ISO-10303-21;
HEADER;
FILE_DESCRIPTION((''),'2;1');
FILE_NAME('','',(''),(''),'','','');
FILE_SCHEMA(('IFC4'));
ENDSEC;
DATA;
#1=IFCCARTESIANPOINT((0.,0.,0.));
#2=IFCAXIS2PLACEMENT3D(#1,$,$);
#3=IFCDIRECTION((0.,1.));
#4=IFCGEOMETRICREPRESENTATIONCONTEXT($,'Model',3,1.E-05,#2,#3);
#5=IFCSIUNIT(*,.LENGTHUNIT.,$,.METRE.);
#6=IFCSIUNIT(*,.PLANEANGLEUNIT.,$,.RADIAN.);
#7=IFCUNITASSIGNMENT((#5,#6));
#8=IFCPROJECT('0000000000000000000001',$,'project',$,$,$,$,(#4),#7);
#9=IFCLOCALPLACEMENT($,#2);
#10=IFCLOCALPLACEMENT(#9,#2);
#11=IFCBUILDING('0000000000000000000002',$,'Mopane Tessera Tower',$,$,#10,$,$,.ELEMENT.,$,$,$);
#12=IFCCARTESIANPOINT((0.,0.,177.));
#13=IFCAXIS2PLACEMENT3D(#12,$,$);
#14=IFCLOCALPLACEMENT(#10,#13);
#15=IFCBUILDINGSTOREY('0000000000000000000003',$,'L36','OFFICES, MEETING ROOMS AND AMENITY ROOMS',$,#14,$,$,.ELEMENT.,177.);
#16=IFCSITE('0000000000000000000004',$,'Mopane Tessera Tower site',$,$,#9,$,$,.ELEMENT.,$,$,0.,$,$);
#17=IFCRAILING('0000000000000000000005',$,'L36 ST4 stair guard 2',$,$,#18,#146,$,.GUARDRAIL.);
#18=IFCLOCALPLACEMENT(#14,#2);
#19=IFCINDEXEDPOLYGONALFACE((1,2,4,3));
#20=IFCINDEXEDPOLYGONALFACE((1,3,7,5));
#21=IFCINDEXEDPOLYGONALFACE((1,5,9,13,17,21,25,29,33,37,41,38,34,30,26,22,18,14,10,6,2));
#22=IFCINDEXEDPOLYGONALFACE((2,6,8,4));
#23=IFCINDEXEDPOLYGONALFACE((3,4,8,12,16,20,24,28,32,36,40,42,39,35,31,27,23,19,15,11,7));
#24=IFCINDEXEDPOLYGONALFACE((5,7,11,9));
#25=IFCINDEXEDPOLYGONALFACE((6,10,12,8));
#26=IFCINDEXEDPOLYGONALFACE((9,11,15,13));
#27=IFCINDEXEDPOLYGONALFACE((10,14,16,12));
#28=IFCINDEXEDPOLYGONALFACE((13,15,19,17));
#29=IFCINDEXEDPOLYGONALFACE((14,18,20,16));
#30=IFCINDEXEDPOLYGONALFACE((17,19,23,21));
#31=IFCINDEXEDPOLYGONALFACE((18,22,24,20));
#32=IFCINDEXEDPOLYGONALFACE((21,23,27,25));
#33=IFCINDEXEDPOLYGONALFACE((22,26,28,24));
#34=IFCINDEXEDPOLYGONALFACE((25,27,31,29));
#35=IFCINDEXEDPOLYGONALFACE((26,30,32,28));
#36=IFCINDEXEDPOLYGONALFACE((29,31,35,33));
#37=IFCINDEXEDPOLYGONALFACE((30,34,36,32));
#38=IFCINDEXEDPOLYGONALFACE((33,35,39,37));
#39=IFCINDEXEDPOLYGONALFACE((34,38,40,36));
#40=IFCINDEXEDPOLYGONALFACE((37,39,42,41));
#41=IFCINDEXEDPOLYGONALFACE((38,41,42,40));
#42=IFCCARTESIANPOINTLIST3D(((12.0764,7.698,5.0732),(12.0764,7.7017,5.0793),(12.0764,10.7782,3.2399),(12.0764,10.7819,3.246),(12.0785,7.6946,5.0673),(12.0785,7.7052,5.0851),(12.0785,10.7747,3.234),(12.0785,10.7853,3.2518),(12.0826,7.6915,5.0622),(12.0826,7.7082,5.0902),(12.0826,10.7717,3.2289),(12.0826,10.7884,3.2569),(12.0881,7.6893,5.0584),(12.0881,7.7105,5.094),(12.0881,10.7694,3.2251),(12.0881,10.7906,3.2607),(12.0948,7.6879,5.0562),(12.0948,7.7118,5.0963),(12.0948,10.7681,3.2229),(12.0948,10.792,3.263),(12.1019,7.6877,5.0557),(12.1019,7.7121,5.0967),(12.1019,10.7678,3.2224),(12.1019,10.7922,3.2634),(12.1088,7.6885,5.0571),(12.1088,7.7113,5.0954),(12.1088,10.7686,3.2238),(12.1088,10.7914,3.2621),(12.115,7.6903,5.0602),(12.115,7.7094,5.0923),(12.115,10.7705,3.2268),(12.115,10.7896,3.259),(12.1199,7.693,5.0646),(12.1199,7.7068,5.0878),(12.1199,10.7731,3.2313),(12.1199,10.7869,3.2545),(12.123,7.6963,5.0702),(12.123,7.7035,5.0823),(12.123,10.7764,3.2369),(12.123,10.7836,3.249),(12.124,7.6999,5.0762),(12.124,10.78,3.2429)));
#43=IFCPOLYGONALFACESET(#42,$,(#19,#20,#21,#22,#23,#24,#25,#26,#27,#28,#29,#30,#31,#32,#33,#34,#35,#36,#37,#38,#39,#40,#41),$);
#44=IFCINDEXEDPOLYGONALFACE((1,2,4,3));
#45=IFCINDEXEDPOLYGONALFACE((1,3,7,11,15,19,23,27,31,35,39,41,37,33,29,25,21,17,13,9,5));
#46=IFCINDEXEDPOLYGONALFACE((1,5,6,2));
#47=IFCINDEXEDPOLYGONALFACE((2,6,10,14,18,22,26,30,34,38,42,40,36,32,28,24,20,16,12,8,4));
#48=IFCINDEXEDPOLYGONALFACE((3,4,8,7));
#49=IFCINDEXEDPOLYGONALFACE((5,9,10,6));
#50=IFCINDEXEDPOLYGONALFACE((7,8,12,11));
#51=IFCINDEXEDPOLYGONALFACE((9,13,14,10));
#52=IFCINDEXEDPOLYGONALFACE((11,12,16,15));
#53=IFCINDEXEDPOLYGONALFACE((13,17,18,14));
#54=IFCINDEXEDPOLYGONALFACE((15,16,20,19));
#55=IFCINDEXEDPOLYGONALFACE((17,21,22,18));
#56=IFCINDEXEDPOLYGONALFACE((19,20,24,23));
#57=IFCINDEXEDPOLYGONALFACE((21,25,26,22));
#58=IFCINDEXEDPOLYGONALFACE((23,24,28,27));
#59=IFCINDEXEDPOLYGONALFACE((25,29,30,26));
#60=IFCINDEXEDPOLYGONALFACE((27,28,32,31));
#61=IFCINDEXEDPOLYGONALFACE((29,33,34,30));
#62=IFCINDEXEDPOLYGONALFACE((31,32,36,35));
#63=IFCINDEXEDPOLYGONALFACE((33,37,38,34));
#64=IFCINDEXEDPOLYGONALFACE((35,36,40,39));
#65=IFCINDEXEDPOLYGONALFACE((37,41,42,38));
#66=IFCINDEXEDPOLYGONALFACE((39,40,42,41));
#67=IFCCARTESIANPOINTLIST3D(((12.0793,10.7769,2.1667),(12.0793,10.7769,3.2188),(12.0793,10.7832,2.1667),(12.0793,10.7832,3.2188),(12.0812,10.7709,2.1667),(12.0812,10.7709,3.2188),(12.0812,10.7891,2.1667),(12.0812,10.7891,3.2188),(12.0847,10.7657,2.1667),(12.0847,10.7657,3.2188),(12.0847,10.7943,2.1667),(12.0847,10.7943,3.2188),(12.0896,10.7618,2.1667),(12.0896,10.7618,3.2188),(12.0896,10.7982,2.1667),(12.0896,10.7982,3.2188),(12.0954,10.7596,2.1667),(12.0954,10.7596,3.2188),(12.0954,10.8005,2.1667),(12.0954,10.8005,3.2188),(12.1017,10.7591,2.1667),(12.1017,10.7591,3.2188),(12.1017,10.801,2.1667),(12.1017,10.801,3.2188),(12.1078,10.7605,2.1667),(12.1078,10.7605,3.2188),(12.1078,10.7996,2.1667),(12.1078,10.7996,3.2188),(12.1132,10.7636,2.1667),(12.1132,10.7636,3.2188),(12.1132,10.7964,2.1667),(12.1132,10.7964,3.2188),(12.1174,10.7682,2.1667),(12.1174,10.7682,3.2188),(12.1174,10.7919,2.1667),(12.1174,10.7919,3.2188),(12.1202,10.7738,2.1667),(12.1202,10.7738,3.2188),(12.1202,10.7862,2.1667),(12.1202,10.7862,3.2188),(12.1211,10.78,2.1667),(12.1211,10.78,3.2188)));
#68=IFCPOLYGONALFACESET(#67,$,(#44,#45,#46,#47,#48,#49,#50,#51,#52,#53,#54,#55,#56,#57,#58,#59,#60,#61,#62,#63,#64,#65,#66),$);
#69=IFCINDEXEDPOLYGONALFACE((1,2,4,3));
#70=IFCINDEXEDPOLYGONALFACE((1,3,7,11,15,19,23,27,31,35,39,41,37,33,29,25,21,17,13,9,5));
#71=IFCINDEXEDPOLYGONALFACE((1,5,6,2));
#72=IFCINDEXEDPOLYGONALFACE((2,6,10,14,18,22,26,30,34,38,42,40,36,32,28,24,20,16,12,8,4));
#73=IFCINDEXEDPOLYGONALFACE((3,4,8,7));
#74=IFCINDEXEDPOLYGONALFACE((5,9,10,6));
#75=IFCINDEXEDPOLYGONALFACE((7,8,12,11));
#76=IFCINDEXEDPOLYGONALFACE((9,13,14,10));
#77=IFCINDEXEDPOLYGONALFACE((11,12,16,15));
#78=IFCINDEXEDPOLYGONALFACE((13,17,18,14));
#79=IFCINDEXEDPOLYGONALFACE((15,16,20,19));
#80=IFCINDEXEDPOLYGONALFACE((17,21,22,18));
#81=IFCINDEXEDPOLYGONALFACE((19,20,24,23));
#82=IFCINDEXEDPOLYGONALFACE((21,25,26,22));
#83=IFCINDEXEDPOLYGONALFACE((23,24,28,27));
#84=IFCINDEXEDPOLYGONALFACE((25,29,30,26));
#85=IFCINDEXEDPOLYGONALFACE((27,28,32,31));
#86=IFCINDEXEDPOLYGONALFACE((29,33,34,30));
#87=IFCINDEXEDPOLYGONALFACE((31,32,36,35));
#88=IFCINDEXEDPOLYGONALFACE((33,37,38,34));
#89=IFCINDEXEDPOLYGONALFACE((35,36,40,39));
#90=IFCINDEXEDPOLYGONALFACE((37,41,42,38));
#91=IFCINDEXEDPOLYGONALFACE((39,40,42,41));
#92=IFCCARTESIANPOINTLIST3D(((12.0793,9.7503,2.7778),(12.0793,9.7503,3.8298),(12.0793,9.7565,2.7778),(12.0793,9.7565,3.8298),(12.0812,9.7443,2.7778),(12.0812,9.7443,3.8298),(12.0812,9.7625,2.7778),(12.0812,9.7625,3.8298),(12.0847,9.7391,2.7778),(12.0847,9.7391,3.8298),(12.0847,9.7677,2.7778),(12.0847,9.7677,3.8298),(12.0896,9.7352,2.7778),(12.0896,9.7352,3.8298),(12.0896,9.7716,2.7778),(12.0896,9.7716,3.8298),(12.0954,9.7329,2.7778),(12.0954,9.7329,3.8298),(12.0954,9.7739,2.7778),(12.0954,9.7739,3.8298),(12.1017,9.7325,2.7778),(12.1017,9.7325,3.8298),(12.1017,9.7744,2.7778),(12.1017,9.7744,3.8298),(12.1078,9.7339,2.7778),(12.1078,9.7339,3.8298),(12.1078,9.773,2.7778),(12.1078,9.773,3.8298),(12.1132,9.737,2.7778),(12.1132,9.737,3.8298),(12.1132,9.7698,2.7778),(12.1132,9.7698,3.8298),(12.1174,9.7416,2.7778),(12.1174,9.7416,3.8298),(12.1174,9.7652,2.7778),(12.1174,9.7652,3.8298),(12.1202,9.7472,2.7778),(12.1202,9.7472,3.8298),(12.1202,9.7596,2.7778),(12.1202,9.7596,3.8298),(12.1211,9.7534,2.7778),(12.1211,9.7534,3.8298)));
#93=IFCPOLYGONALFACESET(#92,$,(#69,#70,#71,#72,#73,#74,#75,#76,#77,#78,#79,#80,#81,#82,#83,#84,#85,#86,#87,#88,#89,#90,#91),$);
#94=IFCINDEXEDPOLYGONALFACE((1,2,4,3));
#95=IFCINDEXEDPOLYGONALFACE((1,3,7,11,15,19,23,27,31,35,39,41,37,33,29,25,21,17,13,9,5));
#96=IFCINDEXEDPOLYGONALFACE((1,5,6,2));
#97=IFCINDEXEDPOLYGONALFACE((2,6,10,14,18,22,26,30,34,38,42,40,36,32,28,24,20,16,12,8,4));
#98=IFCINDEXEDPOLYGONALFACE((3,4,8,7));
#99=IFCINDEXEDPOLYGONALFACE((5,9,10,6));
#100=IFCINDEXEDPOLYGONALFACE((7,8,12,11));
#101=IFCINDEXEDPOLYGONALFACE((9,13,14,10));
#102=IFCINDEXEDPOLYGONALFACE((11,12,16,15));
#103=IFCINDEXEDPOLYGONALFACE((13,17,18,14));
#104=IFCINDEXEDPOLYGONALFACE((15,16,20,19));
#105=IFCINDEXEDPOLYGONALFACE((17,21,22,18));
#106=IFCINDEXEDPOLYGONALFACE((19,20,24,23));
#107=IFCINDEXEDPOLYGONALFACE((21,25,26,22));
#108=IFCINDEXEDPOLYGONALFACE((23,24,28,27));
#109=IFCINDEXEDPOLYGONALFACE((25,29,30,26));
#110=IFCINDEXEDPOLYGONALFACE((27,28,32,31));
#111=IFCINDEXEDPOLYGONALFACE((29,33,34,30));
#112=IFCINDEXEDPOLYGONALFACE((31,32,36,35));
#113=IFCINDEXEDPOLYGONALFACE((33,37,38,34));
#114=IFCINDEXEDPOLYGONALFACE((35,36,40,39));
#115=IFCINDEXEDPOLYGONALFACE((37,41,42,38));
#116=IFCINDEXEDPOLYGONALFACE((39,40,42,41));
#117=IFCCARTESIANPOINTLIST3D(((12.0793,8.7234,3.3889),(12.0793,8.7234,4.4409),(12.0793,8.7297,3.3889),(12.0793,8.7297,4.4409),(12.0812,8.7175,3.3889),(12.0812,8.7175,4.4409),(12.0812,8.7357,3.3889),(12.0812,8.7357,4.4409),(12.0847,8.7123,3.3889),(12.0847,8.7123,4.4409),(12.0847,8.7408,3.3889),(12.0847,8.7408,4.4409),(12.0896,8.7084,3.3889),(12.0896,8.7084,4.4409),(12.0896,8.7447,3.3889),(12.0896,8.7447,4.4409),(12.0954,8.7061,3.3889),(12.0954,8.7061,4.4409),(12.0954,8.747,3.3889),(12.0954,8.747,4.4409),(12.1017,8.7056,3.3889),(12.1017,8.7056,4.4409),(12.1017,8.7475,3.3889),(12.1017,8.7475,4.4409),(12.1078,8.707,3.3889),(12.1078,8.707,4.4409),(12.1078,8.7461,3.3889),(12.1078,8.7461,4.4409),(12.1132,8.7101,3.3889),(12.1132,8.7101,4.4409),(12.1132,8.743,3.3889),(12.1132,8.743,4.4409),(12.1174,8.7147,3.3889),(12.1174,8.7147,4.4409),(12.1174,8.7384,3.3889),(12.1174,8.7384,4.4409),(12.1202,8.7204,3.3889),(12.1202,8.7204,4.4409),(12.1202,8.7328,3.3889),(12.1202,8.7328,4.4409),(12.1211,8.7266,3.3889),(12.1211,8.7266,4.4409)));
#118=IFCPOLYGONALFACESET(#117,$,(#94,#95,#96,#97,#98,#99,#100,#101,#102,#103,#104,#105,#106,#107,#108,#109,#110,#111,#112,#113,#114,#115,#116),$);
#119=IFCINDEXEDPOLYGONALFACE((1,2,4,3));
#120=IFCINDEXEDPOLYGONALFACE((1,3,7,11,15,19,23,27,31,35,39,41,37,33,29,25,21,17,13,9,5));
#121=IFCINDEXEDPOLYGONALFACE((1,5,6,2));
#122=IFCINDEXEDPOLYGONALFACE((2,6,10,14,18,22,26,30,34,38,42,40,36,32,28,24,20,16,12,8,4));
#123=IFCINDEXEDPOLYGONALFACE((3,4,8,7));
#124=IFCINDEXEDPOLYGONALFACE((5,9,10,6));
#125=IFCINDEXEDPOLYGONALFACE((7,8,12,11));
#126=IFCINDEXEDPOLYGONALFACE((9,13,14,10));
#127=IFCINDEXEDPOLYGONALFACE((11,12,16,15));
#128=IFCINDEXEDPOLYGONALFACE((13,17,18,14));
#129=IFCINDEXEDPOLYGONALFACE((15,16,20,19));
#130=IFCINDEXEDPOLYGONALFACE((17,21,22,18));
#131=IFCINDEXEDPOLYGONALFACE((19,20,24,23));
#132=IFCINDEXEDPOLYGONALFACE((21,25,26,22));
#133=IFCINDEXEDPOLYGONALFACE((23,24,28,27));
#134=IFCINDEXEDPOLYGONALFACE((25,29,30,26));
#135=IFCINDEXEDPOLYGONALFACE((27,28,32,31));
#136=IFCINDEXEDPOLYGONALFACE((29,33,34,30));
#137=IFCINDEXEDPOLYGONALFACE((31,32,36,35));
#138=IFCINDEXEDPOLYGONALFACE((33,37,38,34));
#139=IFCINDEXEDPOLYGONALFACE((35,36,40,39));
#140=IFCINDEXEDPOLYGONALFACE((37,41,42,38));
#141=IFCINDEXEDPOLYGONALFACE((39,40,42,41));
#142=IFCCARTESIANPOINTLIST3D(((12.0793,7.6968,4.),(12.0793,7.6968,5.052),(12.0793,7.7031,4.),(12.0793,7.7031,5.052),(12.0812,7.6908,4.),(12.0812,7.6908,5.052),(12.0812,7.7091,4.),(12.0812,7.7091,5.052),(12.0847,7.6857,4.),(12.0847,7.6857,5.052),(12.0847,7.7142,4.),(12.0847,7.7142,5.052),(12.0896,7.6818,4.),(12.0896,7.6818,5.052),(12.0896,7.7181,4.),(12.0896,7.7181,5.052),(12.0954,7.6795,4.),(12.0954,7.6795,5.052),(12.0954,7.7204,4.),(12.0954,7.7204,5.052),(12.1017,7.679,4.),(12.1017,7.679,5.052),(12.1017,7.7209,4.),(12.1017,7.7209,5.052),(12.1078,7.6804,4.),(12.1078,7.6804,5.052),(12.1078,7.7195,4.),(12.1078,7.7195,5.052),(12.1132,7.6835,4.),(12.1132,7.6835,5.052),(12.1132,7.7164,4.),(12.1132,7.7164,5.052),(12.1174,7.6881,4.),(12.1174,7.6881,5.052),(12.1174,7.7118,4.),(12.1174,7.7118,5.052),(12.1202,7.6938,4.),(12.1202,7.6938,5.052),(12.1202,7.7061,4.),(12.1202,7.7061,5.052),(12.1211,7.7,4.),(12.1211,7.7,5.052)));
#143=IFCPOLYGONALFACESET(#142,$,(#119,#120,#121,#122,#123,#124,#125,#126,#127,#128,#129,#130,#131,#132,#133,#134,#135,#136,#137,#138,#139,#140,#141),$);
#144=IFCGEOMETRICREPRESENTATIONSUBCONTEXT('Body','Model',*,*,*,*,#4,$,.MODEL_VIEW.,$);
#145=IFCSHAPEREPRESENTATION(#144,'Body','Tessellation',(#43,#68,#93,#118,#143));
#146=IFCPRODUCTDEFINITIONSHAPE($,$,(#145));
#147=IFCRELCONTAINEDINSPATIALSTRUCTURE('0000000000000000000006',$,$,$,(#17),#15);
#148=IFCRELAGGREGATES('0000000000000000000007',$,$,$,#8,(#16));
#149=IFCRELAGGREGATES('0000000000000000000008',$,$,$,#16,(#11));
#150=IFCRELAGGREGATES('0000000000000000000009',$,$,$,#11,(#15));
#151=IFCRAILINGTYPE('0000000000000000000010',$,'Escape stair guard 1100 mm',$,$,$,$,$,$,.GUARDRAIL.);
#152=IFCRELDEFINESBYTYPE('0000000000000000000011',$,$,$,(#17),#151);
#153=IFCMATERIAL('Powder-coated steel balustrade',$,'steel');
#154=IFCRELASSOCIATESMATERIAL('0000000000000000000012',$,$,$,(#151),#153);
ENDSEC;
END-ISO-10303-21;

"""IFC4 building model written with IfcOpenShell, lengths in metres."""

from ifc_helpers import new_model, si_unit, direction, frame, origin, origin_2d, place, context, subcontext, project, spatial, circle, extrude, material, type_object, element, save


model = new_model("IFC4")

# Units and contexts
model_context = context("Model", 3, precision=1e-05, world=origin(), true_north=direction((0.0, 1.0)))
body_context = subcontext(model_context, "Body", "Model", "MODEL_VIEW")
ifc_project = project(units=[si_unit("LENGTHUNIT", "METRE"), si_unit("PLANEANGLEUNIT", "RADIAN")], contexts=[model_context])

# Site, building, storey
site_placement = place(None, origin())
site = spatial("IfcSite", under=ifc_project, at=site_placement, Name="Mopane Tessera Tower site", CompositionType="ELEMENT", RefElevation=0.0)
building_placement = place(site_placement, origin())
building = spatial("IfcBuilding", under=site, at=building_placement, Name="Mopane Tessera Tower", CompositionType="ELEMENT")
storey_placement = place(building_placement, frame((0.0, 0.0, 177.0)))
storey = spatial("IfcBuildingStorey", under=building, at=storey_placement, Name="L36", Description="OFFICES, MEETING ROOMS AND AMENITY ROOMS", CompositionType="ELEMENT", Elevation=177.0)

# Railing
ifc_material_1 = material(Name="Powder-coated steel balustrade", Category="steel")
railing_type_1 = type_object("IfcRailingType", Name="Escape stair guard 1100 mm", PredefinedType="GUARDRAIL", material=ifc_material_1)
railing_1_placement = place(storey_placement, frame((12.1001, 10.78, 2.1667)))
element("IfcRailing", 1, at=railing_1_placement, inside=storey, type_object=railing_type_1, Name="L36 ST4 stair guard 2", PredefinedType="GUARDRAIL", context=body_context, shape_type="SweptSolid", body=[
    extrude(circle(Radius=0.0239, at=origin_2d()), frame((0.0, 0.0, 1.0762), z_axis=(0.0, -0.859309, 0.511458), x_axis=(1.0, 0.0, 0.0)), (0.0, 0.0, 1.0), 3.5845),
    extrude(circle(Radius=0.021, at=origin_2d()), origin(), (0.0, 0.0, 1.0), 1.052),
    extrude(circle(Radius=0.021, at=origin_2d()), frame((0.0, -1.0266, 0.6111)), (0.0, 0.0, 1.0), 1.052),
    extrude(circle(Radius=0.021, at=origin_2d()), frame((0.0, -2.0535, 1.2222)), (0.0, 0.0, 1.0), 1.052),
    extrude(circle(Radius=0.021, at=origin_2d()), frame((0.0, -3.0801, 1.8333)), (0.0, 0.0, 1.0), 1.052),
])

save(model, "model.ifc")
